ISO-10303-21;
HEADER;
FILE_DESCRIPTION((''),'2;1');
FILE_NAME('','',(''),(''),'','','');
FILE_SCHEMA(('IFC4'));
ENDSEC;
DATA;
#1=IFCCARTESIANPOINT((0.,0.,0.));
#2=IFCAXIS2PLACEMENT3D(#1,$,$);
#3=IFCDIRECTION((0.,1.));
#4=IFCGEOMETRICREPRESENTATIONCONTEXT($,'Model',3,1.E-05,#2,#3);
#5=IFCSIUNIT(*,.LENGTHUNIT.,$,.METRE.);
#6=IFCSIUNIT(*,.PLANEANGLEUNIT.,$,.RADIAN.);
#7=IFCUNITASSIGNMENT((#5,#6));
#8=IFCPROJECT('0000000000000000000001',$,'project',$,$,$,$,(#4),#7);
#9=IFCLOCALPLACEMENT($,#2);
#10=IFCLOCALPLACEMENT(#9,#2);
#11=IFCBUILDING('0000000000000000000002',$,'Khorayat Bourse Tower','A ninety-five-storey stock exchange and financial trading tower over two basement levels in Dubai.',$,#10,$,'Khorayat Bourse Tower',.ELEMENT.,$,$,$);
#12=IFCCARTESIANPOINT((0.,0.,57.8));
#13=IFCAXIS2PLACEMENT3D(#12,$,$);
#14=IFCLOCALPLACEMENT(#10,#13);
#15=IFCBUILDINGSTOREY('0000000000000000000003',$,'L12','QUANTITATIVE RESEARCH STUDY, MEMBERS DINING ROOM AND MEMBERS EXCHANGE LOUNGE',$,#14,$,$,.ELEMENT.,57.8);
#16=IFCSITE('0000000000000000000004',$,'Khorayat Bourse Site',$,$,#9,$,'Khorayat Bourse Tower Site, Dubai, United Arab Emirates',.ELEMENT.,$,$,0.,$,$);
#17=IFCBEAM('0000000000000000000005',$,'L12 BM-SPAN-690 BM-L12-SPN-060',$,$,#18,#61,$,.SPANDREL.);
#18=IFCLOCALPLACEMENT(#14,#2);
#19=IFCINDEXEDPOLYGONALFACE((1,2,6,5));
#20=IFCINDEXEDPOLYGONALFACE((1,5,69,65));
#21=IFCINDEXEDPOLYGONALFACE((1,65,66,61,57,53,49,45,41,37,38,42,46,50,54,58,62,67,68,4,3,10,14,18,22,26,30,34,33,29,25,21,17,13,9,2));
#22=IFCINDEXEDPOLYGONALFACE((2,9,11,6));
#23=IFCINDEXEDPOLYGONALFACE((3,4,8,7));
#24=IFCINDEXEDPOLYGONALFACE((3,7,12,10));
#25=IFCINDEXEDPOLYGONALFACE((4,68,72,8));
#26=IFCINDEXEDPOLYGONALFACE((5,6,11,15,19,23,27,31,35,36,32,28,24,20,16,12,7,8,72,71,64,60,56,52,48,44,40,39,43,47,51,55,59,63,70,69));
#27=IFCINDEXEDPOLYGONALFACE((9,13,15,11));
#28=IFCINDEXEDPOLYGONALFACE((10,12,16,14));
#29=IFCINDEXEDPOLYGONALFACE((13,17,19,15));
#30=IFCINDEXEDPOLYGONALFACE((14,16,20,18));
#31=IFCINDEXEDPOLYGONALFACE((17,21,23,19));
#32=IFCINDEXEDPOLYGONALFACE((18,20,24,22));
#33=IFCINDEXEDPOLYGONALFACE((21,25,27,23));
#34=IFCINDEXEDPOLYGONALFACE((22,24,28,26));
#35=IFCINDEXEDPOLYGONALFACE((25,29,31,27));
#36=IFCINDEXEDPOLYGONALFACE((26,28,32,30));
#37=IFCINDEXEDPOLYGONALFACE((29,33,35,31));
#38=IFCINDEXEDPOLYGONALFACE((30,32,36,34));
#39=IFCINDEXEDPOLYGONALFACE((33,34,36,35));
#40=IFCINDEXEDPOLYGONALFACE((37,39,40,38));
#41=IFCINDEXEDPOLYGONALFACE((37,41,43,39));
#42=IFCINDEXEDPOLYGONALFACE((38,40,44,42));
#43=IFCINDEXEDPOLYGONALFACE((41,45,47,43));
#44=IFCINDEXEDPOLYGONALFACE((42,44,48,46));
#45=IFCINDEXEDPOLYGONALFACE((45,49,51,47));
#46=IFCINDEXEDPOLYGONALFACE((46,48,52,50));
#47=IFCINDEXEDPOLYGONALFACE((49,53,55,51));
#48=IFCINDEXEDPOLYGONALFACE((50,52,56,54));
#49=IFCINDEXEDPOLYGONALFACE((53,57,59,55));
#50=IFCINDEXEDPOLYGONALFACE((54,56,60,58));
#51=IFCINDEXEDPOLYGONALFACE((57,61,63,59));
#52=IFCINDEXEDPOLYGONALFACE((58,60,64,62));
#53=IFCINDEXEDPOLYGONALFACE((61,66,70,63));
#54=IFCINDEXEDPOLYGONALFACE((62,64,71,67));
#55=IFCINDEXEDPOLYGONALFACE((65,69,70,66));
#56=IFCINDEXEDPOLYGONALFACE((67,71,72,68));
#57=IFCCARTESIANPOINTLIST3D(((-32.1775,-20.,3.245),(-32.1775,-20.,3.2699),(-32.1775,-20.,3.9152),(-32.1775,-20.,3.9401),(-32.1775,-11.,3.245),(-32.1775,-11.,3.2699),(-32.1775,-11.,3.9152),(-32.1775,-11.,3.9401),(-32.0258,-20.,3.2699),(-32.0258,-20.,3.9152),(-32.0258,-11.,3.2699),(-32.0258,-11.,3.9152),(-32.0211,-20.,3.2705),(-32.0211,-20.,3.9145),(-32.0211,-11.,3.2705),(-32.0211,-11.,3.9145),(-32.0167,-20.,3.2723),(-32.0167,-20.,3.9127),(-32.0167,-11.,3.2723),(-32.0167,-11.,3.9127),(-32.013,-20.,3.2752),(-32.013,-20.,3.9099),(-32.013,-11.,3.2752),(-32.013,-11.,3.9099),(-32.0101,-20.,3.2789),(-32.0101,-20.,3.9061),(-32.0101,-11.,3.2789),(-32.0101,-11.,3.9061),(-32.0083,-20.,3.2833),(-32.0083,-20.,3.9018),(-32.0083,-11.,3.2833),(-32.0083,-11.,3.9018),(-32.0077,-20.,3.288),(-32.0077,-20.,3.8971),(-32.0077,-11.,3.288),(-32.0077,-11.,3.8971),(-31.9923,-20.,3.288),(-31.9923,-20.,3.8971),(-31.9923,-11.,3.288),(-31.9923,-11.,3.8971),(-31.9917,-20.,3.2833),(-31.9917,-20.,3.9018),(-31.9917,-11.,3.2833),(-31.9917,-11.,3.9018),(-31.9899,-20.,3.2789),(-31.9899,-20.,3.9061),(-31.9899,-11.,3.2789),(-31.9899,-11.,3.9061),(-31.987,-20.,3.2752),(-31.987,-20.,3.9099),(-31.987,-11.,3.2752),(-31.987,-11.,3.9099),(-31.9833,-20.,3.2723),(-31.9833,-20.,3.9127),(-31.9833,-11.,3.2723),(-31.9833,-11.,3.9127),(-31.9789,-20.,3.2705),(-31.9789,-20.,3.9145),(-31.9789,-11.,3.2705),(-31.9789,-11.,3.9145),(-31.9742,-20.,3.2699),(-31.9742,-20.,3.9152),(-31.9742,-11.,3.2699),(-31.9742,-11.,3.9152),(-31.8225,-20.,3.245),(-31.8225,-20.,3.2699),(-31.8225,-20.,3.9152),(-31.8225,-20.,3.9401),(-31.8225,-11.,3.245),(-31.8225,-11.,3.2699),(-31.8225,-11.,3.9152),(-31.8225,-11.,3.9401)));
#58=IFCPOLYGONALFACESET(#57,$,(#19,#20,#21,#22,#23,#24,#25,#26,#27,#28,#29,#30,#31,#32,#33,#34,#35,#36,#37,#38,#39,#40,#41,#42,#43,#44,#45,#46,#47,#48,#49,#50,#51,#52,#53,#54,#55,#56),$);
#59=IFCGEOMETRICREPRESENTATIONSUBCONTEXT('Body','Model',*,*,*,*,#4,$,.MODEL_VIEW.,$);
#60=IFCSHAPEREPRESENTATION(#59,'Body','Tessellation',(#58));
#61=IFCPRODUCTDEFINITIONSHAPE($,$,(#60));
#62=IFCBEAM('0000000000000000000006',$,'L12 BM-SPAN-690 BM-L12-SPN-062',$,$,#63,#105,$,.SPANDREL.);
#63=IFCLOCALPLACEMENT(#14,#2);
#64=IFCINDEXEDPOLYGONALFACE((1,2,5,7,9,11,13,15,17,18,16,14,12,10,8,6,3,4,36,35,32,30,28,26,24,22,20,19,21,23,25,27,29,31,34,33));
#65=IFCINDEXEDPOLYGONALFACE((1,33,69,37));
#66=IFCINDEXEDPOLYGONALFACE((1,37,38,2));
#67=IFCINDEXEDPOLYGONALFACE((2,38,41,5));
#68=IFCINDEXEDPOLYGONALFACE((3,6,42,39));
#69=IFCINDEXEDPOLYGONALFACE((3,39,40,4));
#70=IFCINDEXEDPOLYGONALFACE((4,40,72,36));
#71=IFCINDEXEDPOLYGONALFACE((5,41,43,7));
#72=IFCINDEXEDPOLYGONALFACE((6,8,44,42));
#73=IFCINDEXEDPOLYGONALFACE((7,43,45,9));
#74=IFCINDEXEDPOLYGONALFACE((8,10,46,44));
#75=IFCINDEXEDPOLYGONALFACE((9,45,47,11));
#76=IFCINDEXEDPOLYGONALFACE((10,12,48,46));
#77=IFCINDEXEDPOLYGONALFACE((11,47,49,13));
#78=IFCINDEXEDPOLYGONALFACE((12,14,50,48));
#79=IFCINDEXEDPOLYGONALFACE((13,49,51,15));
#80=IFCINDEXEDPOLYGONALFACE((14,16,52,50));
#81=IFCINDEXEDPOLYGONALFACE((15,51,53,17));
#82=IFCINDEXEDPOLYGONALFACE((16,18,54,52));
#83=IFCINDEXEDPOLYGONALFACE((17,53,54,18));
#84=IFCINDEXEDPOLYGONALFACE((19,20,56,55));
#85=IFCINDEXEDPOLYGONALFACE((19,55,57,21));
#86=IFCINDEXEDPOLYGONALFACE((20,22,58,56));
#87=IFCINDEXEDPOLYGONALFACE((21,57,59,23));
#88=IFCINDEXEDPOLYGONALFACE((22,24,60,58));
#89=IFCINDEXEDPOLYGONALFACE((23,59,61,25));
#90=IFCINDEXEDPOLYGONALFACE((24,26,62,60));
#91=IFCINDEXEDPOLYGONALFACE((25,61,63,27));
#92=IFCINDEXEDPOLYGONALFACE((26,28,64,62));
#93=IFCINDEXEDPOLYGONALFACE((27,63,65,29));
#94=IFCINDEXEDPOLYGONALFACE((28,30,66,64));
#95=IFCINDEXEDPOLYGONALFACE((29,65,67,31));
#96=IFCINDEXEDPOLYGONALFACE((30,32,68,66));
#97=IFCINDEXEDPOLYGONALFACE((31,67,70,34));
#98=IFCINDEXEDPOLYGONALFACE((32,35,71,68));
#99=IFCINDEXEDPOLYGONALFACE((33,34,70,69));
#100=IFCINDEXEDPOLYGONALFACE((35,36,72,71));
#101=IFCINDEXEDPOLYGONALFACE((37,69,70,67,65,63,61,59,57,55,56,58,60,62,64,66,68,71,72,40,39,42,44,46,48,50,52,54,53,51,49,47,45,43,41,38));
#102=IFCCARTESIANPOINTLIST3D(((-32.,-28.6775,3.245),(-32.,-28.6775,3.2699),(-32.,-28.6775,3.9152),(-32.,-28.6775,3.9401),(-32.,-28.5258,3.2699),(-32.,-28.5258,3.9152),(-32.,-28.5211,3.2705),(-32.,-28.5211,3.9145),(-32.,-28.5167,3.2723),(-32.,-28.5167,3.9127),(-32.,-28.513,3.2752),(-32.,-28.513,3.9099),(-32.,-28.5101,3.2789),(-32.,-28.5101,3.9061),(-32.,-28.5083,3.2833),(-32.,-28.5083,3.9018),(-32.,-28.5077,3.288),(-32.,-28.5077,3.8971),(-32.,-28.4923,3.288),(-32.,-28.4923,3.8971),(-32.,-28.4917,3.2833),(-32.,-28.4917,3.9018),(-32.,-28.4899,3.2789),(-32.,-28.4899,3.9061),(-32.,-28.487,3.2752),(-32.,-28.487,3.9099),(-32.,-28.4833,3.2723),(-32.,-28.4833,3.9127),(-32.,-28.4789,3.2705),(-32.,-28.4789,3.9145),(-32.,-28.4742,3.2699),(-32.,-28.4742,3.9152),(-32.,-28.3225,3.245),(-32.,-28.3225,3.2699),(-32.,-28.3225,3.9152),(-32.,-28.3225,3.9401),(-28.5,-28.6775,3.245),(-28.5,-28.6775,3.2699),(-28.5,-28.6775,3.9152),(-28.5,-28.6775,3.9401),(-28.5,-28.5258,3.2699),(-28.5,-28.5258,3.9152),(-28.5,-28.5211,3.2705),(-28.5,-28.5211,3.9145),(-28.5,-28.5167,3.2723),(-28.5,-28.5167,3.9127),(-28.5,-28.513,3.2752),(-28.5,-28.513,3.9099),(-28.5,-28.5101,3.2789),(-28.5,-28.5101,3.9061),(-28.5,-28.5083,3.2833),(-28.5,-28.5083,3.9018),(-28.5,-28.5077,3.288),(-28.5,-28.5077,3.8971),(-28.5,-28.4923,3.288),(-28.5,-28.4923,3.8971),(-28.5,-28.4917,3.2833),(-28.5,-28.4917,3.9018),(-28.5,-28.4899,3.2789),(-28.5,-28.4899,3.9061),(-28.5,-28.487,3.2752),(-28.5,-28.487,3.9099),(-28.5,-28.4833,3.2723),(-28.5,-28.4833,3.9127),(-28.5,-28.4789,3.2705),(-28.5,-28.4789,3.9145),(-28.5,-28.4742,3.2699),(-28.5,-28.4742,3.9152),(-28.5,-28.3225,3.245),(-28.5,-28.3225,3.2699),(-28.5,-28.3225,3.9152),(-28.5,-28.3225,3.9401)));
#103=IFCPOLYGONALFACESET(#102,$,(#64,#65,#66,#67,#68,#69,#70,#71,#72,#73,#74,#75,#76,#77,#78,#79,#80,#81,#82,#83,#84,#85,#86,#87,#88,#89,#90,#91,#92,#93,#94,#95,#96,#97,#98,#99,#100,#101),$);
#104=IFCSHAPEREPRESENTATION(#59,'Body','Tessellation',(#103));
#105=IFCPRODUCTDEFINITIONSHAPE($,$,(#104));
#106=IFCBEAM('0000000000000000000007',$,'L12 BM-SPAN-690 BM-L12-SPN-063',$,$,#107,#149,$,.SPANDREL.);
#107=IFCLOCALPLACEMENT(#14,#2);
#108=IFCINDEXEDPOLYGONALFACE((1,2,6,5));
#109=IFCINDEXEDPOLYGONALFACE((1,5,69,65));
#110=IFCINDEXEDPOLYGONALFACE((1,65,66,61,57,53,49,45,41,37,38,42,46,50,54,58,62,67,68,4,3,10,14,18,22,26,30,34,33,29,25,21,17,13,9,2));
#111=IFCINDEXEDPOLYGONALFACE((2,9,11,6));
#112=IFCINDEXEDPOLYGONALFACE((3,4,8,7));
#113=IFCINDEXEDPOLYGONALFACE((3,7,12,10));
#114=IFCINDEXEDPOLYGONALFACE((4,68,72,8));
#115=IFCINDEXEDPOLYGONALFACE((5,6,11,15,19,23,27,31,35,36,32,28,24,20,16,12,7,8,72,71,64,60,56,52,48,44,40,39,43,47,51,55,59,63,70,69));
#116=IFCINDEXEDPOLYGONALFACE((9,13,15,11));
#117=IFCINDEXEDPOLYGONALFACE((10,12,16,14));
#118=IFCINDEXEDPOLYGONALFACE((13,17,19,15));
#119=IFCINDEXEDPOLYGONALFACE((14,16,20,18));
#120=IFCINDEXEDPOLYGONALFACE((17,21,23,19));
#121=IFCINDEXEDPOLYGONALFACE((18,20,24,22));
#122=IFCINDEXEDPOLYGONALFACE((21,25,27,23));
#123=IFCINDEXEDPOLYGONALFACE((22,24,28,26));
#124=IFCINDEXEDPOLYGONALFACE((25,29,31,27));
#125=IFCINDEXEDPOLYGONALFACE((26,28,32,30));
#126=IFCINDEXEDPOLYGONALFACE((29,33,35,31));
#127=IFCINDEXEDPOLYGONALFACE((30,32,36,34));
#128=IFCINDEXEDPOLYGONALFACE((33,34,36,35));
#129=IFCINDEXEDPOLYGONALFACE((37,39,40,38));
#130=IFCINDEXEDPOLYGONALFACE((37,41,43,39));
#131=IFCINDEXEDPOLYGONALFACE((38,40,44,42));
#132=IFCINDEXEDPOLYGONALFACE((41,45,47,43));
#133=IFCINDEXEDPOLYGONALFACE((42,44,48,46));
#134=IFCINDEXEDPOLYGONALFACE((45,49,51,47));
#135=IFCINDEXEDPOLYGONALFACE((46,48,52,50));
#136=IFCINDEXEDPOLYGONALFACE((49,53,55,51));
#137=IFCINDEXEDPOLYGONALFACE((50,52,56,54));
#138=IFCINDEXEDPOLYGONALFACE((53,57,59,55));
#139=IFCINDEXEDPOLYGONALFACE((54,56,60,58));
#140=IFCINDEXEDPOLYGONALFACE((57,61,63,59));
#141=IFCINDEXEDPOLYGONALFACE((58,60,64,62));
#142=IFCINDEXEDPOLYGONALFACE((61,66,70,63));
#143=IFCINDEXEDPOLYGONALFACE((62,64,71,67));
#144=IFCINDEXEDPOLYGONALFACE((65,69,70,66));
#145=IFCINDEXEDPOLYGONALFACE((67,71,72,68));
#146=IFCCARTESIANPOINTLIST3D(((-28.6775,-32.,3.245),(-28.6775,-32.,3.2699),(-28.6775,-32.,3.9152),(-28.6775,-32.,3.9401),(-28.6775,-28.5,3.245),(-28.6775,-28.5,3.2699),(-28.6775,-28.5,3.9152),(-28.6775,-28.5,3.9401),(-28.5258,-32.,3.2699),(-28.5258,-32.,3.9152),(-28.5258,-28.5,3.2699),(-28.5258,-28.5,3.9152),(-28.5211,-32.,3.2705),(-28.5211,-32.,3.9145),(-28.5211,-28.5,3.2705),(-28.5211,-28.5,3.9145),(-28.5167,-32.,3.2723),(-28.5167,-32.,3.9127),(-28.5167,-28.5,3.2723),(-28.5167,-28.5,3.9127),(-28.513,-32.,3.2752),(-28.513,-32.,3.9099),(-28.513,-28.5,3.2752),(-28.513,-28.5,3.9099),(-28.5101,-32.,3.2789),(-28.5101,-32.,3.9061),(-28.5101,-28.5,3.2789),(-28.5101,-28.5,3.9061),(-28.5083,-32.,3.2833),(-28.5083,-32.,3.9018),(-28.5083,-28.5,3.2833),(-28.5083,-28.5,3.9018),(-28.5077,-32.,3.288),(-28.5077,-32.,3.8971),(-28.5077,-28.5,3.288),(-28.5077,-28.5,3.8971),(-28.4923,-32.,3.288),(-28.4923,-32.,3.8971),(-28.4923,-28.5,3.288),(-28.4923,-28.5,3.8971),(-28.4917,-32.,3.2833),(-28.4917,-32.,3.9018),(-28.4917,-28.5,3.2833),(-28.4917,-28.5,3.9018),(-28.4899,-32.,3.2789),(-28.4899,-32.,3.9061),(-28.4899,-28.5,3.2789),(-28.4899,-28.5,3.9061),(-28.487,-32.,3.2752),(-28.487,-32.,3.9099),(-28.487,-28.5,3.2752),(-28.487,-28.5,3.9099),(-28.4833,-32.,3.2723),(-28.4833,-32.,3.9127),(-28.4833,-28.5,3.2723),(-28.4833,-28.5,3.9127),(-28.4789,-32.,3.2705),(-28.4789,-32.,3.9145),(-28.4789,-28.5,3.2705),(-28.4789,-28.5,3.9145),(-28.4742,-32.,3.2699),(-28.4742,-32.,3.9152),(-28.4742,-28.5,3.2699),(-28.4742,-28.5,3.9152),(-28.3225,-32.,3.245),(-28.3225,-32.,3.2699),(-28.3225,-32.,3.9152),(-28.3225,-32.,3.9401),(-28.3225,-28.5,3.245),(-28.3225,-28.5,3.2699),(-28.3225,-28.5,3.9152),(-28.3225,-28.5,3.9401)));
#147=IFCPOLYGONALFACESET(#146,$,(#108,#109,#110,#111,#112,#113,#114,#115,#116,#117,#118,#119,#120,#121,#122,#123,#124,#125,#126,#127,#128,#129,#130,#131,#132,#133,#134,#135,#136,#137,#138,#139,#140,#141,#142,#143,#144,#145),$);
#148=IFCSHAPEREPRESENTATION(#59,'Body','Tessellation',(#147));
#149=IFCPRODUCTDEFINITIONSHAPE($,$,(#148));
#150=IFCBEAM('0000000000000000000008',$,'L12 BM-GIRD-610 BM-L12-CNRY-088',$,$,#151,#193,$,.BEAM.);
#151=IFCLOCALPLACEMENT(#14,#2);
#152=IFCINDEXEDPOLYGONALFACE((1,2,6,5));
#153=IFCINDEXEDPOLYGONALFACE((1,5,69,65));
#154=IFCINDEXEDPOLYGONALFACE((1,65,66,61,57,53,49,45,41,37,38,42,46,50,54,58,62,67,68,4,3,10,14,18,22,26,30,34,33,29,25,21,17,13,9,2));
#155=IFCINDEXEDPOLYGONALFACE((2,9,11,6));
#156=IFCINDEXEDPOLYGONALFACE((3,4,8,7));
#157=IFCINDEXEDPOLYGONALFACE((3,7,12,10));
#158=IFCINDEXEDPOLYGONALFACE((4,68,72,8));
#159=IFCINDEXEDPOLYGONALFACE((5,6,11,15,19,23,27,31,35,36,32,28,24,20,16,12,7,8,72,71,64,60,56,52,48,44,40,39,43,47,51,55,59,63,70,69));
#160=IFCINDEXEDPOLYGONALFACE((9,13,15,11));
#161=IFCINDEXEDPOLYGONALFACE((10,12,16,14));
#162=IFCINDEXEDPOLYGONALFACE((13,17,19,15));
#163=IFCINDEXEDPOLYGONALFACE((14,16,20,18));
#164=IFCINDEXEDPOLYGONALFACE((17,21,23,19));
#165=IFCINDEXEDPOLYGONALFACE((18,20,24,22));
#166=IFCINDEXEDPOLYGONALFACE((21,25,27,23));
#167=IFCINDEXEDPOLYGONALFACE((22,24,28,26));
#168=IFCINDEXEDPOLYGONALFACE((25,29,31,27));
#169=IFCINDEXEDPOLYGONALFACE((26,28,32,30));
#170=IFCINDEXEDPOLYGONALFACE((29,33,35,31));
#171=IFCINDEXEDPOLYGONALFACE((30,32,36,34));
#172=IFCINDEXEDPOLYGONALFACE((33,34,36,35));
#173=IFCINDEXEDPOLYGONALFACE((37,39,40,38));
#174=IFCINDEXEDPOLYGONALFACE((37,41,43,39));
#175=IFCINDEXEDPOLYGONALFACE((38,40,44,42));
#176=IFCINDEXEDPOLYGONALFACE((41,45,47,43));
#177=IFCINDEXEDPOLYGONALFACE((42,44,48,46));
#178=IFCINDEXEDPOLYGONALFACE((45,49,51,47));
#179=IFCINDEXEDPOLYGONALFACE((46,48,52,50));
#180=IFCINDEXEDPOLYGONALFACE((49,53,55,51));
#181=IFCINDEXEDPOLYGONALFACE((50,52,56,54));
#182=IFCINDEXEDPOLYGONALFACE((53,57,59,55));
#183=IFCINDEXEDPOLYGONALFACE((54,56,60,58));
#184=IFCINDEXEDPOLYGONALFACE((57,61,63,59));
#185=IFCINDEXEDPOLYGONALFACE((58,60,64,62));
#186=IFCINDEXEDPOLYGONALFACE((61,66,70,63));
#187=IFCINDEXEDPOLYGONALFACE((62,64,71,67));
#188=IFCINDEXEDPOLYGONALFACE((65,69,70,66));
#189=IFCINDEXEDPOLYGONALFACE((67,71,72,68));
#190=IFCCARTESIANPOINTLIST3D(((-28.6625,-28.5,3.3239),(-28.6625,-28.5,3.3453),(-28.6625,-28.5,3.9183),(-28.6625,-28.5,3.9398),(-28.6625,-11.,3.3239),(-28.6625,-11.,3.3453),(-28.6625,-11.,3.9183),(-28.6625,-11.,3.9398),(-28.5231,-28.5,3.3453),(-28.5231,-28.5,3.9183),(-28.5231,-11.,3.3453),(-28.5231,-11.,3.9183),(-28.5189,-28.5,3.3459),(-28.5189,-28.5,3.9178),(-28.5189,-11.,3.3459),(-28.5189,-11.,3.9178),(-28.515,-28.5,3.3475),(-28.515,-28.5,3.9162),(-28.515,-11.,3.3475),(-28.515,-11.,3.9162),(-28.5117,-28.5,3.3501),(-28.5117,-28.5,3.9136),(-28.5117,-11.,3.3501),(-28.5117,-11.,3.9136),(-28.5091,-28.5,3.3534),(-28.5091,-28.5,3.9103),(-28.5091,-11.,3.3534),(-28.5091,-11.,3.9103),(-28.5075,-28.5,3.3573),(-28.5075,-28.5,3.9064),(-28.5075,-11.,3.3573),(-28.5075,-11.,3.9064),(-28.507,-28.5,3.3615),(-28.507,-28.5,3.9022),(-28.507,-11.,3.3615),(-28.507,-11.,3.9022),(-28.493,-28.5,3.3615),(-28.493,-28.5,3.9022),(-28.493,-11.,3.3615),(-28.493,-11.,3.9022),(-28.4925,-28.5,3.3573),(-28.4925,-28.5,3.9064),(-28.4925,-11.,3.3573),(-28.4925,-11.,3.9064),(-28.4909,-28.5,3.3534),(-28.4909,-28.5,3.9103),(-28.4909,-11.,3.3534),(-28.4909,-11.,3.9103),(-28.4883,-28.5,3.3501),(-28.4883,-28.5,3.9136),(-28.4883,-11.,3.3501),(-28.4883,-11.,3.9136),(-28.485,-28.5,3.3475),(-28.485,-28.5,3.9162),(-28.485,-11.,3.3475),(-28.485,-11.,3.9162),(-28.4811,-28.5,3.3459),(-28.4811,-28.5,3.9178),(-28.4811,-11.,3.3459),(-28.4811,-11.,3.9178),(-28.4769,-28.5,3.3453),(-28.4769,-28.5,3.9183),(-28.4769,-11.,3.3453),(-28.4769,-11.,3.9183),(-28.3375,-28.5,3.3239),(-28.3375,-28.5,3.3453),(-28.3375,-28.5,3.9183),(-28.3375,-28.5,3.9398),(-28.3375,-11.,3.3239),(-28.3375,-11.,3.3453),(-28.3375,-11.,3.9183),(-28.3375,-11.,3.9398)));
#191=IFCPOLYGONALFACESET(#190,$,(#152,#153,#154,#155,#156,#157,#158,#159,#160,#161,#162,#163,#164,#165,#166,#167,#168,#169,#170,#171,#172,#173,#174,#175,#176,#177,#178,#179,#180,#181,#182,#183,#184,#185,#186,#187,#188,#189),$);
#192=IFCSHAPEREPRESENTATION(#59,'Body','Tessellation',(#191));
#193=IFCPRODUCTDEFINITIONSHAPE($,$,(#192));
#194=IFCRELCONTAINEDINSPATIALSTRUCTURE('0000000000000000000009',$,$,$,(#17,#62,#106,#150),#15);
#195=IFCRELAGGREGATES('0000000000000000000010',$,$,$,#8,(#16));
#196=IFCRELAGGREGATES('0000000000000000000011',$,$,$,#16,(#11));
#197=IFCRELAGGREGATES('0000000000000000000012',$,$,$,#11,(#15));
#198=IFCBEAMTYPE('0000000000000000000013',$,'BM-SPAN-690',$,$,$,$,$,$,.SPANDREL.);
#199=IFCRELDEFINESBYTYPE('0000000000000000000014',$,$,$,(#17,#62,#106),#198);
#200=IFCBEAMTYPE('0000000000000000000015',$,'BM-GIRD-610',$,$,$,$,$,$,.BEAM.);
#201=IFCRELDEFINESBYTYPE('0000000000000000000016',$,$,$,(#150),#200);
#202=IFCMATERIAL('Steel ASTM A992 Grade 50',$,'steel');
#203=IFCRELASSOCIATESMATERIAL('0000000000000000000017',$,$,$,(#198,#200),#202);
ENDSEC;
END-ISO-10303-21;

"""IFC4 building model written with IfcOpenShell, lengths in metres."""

from ifc_helpers import new_model, si_unit, direction, frame, origin, origin_2d, place, context, subcontext, project, spatial, i_section, extrude, source, transform, mapped, material, material_profile, profile_set, type_object, element, save


model = new_model("IFC4")

# Units and contexts
model_context = context("Model", 3, precision=1e-05, world=origin(), true_north=direction((0.0, 1.0)))
body_context = subcontext(model_context, "Body", "Model", "MODEL_VIEW")
ifc_project = project(units=[si_unit("LENGTHUNIT", "METRE"), si_unit("PLANEANGLEUNIT", "RADIAN")], contexts=[model_context])

# Site, building, storey
site_placement = place(None, origin())
site = spatial("IfcSite", under=ifc_project, at=site_placement, Name="Khorayat Bourse Site", LongName="Khorayat Bourse Tower Site, Dubai, United Arab Emirates", CompositionType="ELEMENT", RefElevation=0.0)
building_placement = place(site_placement, origin())
building = spatial("IfcBuilding", under=site, at=building_placement, Name="Khorayat Bourse Tower", Description="A ninety-five-storey stock exchange and financial trading tower over two basement levels in Dubai.", LongName="Khorayat Bourse Tower", CompositionType="ELEMENT")
storey_placement = place(building_placement, frame((0.0, 0.0, 57.8)))
storey = spatial("IfcBuildingStorey", under=building, at=storey_placement, Name="L12", Description="QUANTITATIVE RESEARCH STUDY, MEMBERS DINING ROOM AND MEMBERS EXCHANGE LOUNGE", CompositionType="ELEMENT", Elevation=57.8)

# Beams
ifc_material_1 = material(Name="Steel ASTM A992 Grade 50", Category="steel")
ifc_material_profile_1 = material_profile(ifc_material_1, i_section(OverallWidth=0.355, OverallDepth=0.6951, WebThickness=0.0154, FlangeThickness=0.0249, FilletRadius=0.0181, at=origin_2d()), Name="W690X217")
ifc_profile_set_1 = profile_set([ifc_material_profile_1], Name="Steel ASTM A992 Grade 50")
beam_type_1 = type_object("IfcBeamType", Name="BM-SPAN-690", PredefinedType="SPANDREL", material=ifc_profile_set_1)
shared_shape_1 = source(origin(), body_context, "Body", "SweptSolid", [
    extrude(i_section(OverallWidth=0.355, OverallDepth=0.6951, WebThickness=0.0154, FlangeThickness=0.0249, FilletRadius=0.0181, at=origin_2d()), origin(), (0.0, 0.0, 1.0), 9.0),
])
beam_1_placement = place(storey_placement, frame((-32.0, -20.0, 3.5925), z_axis=(0.0, 1.0, 0.0), x_axis=(-1.0, 0.0, 0.0)))
element("IfcBeam", 1, at=beam_1_placement, inside=storey, type_object=beam_type_1, Name="L12 BM-SPAN-690 BM-L12-SPN-060", PredefinedType="SPANDREL", context=body_context, shape_type="MappedRepresentation", body=[
    mapped(shared_shape_1, transform((0.0, 0.0, 0.0), scale=1.0)),
])
shared_shape_2 = source(origin(), body_context, "Body", "SweptSolid", [
    extrude(i_section(OverallWidth=0.355, OverallDepth=0.6951, WebThickness=0.0154, FlangeThickness=0.0249, FilletRadius=0.0181, at=origin_2d()), origin(), (0.0, 0.0, 1.0), 3.5),
])
for number, where, z_axis, x_axis, name in (
    (2, (-32.0, -28.5, 3.5925), (1.0, 0.0, 0.0), (0.0, 1.0, 0.0), "L12 BM-SPAN-690 BM-L12-SPN-062"),
    (3, (-28.5, -32.0, 3.5925), (0.0, 1.0, 0.0), (-1.0, 0.0, 0.0), "L12 BM-SPAN-690 BM-L12-SPN-063"),
):
    element("IfcBeam", number, at=place(storey_placement, frame(where, z_axis=z_axis, x_axis=x_axis)), inside=storey, type_object=beam_type_1, Name=name, PredefinedType="SPANDREL", context=body_context, shape_type="MappedRepresentation", body=[
        mapped(shared_shape_2, transform((0.0, 0.0, 0.0), scale=1.0)),
    ])
ifc_material_profile_2 = material_profile(ifc_material_1, i_section(OverallWidth=0.325, OverallDepth=0.616, WebThickness=0.0139, FlangeThickness=0.0215, FilletRadius=0.0161, at=origin_2d()), Name="W610X174")
ifc_profile_set_2 = profile_set([ifc_material_profile_2], Name="Steel ASTM A992 Grade 50")
beam_type_2 = type_object("IfcBeamType", Name="BM-GIRD-610", PredefinedType="BEAM", material=ifc_profile_set_2)
shared_shape_3 = source(origin(), body_context, "Body", "SweptSolid", [
    extrude(i_section(OverallWidth=0.325, OverallDepth=0.616, WebThickness=0.0139, FlangeThickness=0.0215, FilletRadius=0.0161, at=origin_2d()), origin(), (0.0, 0.0, 1.0), 17.5),
])
beam_2_placement = place(storey_placement, frame((-28.5, -28.5, 3.6318), z_axis=(0.0, 1.0, 0.0), x_axis=(-1.0, 0.0, 0.0)))
element("IfcBeam", 4, at=beam_2_placement, inside=storey, type_object=beam_type_2, Name="L12 BM-GIRD-610 BM-L12-CNRY-088", PredefinedType="BEAM", context=body_context, shape_type="MappedRepresentation", body=[
    mapped(shared_shape_3, transform((0.0, 0.0, 0.0), scale=1.0)),
])

save(model, "model.ifc")
